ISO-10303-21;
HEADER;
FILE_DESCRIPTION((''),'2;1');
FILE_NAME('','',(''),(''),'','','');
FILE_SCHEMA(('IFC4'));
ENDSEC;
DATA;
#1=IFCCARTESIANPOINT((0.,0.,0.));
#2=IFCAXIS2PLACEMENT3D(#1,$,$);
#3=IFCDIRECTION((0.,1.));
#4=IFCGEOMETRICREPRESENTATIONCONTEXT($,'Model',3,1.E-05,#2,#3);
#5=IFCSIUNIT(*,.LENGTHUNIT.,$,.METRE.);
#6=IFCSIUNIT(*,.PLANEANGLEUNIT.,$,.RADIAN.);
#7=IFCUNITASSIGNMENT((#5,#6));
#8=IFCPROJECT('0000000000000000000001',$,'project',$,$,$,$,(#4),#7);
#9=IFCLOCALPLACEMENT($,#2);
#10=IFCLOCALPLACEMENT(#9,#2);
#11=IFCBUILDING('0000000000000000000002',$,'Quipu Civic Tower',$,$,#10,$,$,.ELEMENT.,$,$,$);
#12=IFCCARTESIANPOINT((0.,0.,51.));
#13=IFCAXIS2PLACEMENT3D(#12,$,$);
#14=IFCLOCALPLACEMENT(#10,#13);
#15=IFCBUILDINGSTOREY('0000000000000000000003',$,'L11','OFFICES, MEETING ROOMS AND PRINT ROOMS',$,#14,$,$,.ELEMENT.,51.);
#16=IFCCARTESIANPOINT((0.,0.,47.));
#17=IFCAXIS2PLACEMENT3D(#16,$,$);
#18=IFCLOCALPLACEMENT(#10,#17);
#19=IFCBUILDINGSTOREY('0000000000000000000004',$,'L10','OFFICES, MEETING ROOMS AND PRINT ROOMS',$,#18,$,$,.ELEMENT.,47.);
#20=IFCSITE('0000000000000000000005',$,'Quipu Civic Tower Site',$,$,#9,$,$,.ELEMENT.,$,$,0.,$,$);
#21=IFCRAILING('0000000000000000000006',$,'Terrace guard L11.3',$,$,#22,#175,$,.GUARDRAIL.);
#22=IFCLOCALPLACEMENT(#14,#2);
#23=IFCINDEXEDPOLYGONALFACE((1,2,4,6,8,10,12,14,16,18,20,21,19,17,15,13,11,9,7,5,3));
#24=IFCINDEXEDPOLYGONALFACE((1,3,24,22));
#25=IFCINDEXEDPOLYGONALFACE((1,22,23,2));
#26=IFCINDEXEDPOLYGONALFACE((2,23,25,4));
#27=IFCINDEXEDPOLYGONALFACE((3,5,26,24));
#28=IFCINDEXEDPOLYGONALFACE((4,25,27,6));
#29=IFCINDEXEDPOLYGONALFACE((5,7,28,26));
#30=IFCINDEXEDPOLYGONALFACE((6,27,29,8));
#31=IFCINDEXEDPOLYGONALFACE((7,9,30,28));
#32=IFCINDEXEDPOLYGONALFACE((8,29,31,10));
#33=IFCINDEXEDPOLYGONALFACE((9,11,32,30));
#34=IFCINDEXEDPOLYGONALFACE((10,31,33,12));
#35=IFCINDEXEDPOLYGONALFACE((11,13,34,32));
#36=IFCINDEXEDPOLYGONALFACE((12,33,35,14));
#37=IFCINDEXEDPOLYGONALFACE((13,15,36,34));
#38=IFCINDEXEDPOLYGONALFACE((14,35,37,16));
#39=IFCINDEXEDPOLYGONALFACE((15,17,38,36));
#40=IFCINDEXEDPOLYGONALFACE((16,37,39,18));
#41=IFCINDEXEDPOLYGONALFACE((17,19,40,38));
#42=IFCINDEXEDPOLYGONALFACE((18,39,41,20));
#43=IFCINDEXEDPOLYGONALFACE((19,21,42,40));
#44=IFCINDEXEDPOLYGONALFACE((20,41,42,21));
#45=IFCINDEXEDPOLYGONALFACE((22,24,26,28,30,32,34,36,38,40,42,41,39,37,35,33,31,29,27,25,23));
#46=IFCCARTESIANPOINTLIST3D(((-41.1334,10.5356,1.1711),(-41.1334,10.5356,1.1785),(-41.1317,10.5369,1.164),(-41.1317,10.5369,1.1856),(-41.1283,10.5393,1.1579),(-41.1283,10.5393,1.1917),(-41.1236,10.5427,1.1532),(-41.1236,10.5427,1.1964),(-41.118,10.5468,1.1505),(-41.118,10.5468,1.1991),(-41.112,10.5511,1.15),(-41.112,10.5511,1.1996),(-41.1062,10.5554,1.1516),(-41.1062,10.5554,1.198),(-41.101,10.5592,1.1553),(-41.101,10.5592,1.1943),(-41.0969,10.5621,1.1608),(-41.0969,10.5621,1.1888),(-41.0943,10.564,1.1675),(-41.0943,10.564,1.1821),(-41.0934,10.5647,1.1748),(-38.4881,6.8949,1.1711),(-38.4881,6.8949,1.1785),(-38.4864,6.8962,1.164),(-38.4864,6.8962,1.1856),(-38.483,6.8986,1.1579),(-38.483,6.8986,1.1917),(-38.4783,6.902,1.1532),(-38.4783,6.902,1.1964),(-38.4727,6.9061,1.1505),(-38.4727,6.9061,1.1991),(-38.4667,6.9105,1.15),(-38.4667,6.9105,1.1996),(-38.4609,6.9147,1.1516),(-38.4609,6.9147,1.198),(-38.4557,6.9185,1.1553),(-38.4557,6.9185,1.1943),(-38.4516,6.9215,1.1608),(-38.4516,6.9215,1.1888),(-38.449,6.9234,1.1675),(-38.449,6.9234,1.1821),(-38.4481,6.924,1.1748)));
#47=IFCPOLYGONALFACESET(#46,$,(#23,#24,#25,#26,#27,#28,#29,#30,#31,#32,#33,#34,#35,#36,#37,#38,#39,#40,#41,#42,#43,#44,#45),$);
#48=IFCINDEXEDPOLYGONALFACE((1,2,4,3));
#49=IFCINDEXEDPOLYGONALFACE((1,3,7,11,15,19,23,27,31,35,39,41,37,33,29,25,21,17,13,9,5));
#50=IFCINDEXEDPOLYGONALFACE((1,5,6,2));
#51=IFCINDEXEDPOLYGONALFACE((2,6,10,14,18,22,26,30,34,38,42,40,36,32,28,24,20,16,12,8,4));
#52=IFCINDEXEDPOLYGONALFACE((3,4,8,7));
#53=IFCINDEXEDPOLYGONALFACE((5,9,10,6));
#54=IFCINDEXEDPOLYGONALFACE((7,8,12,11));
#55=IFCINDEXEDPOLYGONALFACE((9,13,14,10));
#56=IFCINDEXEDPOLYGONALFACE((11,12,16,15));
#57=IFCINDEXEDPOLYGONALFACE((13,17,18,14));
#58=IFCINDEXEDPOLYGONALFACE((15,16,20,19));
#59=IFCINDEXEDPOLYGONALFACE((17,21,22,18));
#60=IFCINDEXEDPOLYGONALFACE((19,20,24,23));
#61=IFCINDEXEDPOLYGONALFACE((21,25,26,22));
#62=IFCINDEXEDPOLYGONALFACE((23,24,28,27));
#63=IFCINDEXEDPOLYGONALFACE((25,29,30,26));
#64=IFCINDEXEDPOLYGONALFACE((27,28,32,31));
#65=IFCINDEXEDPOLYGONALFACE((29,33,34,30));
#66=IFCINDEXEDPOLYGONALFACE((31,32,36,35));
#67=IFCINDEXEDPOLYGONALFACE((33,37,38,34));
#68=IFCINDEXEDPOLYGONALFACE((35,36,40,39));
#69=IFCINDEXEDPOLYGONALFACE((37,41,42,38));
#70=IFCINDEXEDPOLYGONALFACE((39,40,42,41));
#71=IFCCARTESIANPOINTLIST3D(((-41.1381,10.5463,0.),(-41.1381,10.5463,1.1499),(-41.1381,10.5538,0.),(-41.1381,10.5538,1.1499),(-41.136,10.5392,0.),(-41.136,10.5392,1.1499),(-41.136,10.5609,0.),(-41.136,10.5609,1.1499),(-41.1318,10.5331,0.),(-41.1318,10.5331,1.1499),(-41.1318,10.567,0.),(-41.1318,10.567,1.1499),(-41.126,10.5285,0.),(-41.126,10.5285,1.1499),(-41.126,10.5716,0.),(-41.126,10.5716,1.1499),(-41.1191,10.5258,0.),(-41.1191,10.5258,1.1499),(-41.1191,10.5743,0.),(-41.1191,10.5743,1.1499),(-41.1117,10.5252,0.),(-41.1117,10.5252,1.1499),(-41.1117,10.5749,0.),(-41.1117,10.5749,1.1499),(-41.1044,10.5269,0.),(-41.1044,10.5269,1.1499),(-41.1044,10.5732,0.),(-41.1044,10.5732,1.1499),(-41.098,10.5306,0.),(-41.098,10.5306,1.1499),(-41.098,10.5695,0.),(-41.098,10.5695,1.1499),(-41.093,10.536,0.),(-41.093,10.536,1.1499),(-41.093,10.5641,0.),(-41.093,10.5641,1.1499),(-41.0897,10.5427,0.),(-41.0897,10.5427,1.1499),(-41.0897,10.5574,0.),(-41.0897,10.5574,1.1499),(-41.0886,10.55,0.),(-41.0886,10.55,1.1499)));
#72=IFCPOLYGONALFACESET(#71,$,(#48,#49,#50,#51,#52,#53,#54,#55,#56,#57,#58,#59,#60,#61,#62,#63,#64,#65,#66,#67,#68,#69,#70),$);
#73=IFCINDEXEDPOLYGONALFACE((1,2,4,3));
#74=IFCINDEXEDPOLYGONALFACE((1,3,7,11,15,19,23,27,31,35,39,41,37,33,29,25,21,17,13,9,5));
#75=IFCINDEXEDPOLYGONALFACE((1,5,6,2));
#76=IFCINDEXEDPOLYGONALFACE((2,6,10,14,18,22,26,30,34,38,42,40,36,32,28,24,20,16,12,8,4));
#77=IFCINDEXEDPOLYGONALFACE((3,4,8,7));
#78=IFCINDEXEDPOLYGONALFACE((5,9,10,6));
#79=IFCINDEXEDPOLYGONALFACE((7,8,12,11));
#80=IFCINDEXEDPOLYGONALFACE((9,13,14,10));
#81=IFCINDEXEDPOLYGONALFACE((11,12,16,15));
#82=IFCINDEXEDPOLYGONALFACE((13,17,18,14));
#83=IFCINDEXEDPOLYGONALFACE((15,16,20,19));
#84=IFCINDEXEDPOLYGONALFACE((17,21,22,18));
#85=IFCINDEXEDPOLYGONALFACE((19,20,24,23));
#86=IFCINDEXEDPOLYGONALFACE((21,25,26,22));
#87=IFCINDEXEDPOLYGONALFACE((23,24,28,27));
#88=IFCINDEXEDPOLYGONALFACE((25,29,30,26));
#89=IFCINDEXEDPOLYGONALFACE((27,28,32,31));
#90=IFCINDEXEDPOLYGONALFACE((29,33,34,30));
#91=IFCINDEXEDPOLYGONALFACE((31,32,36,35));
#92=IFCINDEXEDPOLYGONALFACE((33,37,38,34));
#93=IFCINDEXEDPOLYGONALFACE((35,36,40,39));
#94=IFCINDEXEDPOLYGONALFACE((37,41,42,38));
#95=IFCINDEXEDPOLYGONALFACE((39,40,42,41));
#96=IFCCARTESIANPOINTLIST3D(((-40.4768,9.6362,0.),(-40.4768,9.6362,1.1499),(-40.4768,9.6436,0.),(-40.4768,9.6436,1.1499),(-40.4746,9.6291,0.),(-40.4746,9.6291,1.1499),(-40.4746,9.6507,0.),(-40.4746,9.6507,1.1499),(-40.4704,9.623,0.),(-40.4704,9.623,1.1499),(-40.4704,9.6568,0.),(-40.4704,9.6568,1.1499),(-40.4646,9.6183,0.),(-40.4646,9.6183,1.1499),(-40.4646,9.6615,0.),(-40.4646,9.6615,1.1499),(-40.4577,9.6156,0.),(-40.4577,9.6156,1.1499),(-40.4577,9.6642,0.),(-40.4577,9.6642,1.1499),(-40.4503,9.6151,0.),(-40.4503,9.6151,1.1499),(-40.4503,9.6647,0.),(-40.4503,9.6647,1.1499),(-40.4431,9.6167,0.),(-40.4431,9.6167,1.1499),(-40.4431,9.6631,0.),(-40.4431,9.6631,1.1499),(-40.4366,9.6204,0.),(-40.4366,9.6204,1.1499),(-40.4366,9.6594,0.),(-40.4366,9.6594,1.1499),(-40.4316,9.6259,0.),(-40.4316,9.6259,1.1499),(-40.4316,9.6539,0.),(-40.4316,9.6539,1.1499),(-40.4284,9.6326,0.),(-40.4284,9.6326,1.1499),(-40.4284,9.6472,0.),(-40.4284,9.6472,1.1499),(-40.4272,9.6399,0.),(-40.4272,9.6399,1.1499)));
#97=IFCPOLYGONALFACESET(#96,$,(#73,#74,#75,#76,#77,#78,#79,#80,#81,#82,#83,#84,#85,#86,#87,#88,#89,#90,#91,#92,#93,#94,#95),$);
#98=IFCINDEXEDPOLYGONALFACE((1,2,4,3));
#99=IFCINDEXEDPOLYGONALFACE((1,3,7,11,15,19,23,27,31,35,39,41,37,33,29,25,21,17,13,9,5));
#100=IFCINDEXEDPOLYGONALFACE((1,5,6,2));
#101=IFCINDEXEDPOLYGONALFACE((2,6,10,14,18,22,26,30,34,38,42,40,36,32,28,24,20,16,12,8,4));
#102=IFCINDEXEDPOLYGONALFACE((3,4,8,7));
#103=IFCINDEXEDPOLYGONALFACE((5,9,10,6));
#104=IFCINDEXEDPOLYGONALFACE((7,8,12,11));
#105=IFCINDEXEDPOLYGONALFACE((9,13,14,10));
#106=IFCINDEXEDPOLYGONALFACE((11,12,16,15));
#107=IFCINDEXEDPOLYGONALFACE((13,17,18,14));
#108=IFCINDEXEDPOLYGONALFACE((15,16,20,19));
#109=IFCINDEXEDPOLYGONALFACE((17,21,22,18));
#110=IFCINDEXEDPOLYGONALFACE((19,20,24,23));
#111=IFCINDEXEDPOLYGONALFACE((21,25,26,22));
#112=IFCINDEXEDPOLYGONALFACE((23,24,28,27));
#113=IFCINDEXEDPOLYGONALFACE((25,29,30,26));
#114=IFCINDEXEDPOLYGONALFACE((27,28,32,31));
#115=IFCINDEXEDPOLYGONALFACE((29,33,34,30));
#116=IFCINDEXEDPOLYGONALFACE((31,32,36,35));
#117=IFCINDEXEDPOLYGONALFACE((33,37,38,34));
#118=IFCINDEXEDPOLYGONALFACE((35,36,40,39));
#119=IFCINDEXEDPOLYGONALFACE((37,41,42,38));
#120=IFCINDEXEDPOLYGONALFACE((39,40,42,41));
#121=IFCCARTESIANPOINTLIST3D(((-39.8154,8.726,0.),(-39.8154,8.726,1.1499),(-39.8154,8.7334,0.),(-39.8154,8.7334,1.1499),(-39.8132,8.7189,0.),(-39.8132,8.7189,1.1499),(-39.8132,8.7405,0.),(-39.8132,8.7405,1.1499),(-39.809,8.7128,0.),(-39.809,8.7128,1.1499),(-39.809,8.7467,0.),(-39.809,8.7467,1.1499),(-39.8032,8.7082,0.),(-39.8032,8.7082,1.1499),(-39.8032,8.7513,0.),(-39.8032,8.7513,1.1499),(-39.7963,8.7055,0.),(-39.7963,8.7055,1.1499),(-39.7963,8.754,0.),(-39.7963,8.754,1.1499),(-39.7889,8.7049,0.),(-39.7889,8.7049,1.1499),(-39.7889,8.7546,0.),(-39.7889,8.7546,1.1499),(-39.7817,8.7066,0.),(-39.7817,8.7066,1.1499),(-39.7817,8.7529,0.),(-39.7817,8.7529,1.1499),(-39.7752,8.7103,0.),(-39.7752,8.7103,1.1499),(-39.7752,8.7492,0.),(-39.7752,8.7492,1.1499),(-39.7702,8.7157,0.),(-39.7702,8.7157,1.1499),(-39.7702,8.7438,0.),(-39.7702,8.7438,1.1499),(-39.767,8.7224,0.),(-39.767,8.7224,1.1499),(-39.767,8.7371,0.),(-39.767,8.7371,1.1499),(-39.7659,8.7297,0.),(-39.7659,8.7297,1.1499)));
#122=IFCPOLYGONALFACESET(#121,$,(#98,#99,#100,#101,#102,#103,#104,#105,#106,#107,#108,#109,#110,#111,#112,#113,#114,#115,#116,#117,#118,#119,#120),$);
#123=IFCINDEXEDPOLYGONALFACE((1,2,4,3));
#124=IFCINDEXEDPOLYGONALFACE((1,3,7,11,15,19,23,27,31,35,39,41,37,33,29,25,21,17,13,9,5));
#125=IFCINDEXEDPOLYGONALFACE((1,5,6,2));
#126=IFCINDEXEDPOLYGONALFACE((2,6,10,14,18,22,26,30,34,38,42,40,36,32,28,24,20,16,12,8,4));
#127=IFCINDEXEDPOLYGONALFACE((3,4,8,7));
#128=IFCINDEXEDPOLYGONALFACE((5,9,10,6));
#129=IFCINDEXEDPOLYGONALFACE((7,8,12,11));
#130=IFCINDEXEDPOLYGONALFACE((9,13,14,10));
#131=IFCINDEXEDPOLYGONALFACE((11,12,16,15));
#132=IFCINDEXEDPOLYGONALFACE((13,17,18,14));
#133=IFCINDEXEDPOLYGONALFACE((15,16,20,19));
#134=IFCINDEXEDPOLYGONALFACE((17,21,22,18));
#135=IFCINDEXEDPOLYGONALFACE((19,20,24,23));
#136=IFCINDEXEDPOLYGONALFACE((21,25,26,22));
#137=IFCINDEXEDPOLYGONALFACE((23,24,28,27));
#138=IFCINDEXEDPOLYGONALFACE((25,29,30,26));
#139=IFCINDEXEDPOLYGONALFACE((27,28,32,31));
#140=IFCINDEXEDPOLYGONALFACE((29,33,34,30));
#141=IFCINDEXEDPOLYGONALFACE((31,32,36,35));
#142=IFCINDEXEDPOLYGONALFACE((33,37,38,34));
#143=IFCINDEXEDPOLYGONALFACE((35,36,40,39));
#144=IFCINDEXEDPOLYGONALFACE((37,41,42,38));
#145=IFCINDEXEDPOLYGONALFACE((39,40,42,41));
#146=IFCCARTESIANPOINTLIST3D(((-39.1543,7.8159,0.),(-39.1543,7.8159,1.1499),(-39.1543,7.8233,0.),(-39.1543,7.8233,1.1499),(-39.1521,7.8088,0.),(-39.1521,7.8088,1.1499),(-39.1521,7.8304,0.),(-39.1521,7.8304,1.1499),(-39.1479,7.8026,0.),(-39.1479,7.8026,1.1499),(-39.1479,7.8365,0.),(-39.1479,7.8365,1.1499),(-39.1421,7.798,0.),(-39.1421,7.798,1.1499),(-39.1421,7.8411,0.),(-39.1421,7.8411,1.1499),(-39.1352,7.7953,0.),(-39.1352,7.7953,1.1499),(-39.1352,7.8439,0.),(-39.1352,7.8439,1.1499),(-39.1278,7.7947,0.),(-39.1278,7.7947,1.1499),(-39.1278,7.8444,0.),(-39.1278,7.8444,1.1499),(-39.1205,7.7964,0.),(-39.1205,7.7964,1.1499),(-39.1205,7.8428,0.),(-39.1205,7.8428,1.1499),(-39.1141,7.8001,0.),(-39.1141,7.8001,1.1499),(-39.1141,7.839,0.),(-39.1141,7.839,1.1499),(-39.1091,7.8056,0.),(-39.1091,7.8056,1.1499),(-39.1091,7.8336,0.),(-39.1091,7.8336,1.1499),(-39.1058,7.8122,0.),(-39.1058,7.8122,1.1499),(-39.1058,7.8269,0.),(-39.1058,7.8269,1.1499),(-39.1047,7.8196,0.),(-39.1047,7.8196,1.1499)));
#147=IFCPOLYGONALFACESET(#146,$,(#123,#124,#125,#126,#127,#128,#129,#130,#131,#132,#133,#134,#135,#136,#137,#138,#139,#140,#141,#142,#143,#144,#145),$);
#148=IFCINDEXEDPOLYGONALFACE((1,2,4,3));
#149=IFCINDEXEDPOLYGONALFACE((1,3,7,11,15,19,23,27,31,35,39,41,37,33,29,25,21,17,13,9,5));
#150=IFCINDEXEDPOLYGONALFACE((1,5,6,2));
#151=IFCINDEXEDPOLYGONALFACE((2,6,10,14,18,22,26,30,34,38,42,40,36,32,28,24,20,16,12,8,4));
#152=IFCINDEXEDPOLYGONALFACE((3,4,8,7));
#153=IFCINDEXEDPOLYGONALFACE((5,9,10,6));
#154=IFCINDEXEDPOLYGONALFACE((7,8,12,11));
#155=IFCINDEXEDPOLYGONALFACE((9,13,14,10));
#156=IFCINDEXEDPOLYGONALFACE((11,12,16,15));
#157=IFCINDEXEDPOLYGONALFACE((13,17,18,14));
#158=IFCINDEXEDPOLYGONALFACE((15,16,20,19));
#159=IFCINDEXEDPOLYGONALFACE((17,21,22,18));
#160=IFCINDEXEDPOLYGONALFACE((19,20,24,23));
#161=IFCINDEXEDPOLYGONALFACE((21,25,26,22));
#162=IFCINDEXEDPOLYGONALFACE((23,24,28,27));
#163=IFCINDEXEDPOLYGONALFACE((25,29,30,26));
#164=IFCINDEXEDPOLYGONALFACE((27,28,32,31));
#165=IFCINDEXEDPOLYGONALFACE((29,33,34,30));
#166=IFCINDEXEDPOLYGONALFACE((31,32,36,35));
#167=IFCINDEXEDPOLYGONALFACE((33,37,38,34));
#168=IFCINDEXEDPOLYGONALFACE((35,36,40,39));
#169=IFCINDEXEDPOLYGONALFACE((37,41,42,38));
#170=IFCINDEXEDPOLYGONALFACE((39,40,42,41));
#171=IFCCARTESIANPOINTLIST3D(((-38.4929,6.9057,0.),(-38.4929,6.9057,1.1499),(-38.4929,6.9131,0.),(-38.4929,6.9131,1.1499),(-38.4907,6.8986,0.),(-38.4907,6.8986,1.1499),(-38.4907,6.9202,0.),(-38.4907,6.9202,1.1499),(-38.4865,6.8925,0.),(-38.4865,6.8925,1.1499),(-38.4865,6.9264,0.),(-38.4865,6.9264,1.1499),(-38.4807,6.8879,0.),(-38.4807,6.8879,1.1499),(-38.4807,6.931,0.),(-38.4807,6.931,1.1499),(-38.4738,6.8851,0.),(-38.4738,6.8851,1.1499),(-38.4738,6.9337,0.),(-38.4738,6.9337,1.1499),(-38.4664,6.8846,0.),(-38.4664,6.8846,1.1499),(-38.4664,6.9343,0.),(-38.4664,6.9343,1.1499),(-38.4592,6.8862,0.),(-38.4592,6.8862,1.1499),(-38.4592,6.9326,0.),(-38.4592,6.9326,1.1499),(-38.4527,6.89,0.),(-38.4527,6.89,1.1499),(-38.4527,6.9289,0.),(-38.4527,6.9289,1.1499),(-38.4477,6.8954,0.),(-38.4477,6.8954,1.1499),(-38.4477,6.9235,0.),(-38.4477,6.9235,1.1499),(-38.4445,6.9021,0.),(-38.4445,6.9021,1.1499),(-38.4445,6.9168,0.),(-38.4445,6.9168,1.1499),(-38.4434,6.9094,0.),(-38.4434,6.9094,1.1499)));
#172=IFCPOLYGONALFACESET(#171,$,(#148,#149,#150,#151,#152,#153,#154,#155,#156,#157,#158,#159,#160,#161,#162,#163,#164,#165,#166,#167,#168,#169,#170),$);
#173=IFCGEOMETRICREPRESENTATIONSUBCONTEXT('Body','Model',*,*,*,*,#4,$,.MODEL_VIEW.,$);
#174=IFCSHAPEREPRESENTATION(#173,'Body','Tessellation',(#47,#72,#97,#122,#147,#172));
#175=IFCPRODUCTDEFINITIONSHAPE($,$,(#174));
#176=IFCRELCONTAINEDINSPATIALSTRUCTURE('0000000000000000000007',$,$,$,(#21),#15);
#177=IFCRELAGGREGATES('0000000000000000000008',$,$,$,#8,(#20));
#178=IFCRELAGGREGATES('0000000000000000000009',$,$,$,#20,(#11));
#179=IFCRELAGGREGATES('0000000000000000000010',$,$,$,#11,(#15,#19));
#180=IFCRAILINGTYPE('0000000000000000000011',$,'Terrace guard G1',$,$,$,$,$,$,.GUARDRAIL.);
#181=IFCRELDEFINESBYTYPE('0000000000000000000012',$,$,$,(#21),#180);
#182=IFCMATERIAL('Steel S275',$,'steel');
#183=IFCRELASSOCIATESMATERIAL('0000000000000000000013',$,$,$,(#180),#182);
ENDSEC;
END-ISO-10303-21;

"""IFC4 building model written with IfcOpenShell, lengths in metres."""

from ifc_helpers import new_model, si_unit, direction, frame, origin, origin_2d, place, context, subcontext, project, spatial, circle, extrude, material, type_object, element, save


model = new_model("IFC4")

# Units and contexts
model_context = context("Model", 3, precision=1e-05, world=origin(), true_north=direction((0.0, 1.0)))
body_context = subcontext(model_context, "Body", "Model", "MODEL_VIEW")
ifc_project = project(units=[si_unit("LENGTHUNIT", "METRE"), si_unit("PLANEANGLEUNIT", "RADIAN")], contexts=[model_context])

# Site, building, storey
site_placement = place(None, origin())
site = spatial("IfcSite", under=ifc_project, at=site_placement, Name="Quipu Civic Tower Site", CompositionType="ELEMENT", RefElevation=0.0)
building_placement = place(site_placement, origin())
building = spatial("IfcBuilding", under=site, at=building_placement, Name="Quipu Civic Tower", CompositionType="ELEMENT")
storey_1_placement = place(building_placement, frame((0.0, 0.0, 51.0)))
storey_1 = spatial("IfcBuildingStorey", under=building, at=storey_1_placement, Name="L11", Description="OFFICES, MEETING ROOMS AND PRINT ROOMS", CompositionType="ELEMENT", Elevation=51.0)

# Shared definitions
storey_2_placement = place(building_placement, frame((0.0, 0.0, 47.0)))
storey_2 = spatial("IfcBuildingStorey", under=building, at=storey_2_placement, Name="L10", Description="OFFICES, MEETING ROOMS AND PRINT ROOMS", CompositionType="ELEMENT", Elevation=47.0)

# Railing
ifc_material_1 = material(Name="Steel S275", Category="steel")
railing_type = type_object("IfcRailingType", Name="Terrace guard G1", PredefinedType="GUARDRAIL", material=ifc_material_1)
for number, where, name in (
    (1, (-41.1135, 10.55, 0.0), "Terrace guard L11.3"),
):
    element("IfcRailing", number, at=place(storey_1_placement, frame(where)), inside=storey_1, type_object=railing_type, Name=name, PredefinedType="GUARDRAIL", context=body_context, shape_type="SweptSolid", body=[
        extrude(circle(Radius=0.0249, at=origin_2d()), frame((0.0, 0.0, 1.1748), z_axis=(0.587814, -0.808996, 0.0), x_axis=(0.808996, 0.587814, 0.0)), (0.0, 0.0, 1.0), 4.5002),
        extrude(circle(Radius=0.0249, at=origin_2d()), origin(), (0.0, 0.0, 1.0), 1.1499),
        extrude(circle(Radius=0.0249, at=origin_2d()), frame((0.6614, -0.9102, 0.0)), (0.0, 0.0, 1.0), 1.1499),
        extrude(circle(Radius=0.0249, at=origin_2d()), frame((1.3228, -1.8203, 0.0)), (0.0, 0.0, 1.0), 1.1499),
        extrude(circle(Radius=0.0249, at=origin_2d()), frame((1.9839, -2.7305, 0.0)), (0.0, 0.0, 1.0), 1.1499),
        extrude(circle(Radius=0.0249, at=origin_2d()), frame((2.6453, -3.6406, 0.0)), (0.0, 0.0, 1.0), 1.1499),
    ])

save(model, "model.ifc")
